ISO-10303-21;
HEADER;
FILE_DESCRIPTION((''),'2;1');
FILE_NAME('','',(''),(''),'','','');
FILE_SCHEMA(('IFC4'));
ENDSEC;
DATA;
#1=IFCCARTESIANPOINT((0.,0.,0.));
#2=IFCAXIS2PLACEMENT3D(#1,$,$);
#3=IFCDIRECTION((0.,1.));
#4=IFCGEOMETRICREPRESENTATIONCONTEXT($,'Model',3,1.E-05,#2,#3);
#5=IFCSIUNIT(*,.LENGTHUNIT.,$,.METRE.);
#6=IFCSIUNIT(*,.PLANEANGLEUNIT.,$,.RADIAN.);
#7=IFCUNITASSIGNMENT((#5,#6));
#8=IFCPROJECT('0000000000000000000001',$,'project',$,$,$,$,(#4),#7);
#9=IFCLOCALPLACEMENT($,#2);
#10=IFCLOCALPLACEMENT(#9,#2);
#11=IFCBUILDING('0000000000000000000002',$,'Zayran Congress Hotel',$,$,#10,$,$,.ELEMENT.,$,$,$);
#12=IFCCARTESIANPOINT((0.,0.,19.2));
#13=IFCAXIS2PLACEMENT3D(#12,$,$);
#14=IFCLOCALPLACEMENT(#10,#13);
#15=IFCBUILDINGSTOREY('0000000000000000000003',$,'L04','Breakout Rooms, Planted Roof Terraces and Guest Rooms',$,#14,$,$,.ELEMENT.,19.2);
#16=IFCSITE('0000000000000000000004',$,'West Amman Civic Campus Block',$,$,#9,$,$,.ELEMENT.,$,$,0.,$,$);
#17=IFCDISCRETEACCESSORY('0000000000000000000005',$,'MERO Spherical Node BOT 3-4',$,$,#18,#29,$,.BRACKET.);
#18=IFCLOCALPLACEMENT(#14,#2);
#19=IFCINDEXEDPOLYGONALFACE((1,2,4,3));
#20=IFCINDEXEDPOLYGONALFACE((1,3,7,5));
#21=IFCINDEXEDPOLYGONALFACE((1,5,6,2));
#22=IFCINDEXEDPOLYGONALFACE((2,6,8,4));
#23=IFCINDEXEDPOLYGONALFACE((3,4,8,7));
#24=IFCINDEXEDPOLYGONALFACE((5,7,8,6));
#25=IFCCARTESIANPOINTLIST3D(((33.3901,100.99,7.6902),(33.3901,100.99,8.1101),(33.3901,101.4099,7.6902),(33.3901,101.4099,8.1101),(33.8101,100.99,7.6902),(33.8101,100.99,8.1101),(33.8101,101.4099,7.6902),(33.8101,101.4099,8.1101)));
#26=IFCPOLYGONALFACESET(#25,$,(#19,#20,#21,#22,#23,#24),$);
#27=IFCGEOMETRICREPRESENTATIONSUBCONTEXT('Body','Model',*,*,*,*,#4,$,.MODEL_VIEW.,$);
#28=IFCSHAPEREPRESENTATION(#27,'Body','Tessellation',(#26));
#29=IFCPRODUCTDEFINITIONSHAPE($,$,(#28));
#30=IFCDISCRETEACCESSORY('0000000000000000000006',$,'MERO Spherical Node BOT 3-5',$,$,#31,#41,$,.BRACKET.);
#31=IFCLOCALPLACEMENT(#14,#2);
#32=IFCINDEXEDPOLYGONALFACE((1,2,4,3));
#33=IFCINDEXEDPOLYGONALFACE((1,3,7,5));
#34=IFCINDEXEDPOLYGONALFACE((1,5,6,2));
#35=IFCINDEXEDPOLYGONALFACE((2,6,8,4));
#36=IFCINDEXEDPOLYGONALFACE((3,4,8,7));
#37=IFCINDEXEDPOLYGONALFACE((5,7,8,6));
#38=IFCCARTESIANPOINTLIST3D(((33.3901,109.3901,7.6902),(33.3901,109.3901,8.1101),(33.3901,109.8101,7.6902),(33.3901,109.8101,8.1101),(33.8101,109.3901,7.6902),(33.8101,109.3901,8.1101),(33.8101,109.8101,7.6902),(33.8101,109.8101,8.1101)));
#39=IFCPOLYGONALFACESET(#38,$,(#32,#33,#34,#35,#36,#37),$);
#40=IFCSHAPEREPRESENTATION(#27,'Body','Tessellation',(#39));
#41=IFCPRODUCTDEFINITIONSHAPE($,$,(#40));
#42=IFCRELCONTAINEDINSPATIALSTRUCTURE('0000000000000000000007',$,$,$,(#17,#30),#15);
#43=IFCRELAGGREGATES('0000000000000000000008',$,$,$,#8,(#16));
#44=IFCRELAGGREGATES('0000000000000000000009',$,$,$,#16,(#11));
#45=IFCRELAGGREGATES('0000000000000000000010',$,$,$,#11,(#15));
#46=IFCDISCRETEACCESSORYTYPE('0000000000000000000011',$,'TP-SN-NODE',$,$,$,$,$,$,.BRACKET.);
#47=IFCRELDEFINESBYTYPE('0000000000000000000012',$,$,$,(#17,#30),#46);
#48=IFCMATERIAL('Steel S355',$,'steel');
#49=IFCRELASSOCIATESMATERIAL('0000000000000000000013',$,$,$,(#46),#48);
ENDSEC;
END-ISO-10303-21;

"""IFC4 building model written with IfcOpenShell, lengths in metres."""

from ifc_helpers import new_model, si_unit, direction, frame, origin, origin_2d, place, context, subcontext, project, spatial, rectangle, extrude, material, type_object, element, save


model = new_model("IFC4")

# Units and contexts
model_context = context("Model", 3, precision=1e-05, world=origin(), true_north=direction((0.0, 1.0)))
body_context = subcontext(model_context, "Body", "Model", "MODEL_VIEW")
ifc_project = project(units=[si_unit("LENGTHUNIT", "METRE"), si_unit("PLANEANGLEUNIT", "RADIAN")], contexts=[model_context])

# Site, building, storey
site_placement = place(None, origin())
site = spatial("IfcSite", under=ifc_project, at=site_placement, Name="West Amman Civic Campus Block", CompositionType="ELEMENT", RefElevation=0.0)
building_placement = place(site_placement, origin())
building = spatial("IfcBuilding", under=site, at=building_placement, Name="Zayran Congress Hotel", CompositionType="ELEMENT")
storey_placement = place(building_placement, frame((0.0, 0.0, 19.2)))
storey = spatial("IfcBuildingStorey", under=building, at=storey_placement, Name="L04", Description="Breakout Rooms, Planted Roof Terraces and Guest Rooms", CompositionType="ELEMENT", Elevation=19.2)

# Shared definitions
ifc_material_1 = material(Name="Steel S355", Category="steel")

# Discrete accessories
discrete_accessory_type = type_object("IfcDiscreteAccessoryType", Name="TP-SN-NODE", PredefinedType="BRACKET", material=ifc_material_1)
for number, where, z_axis, x_axis, name in (
    (1, (33.6001, 101.2, 7.6902), (0.0, 0.0, 1.0), (1.0, 0.0, 0.0), "MERO Spherical Node BOT 3-4"),
    (2, (33.6001, 109.6001, 7.6902), (0.0, 0.0, 1.0), (1.0, 0.0, 0.0), "MERO Spherical Node BOT 3-5"),
):
    element("IfcDiscreteAccessory", number, at=place(storey_placement, frame(where, z_axis=z_axis, x_axis=x_axis)), inside=storey, type_object=discrete_accessory_type, Name=name, PredefinedType="BRACKET", context=body_context, shape_type="SweptSolid", body=[
        extrude(rectangle(XDim=0.4199, YDim=0.4199, at=origin_2d()), origin(), (0.0, 0.0, 1.0), 0.4199),
    ])

save(model, "model.ifc")
